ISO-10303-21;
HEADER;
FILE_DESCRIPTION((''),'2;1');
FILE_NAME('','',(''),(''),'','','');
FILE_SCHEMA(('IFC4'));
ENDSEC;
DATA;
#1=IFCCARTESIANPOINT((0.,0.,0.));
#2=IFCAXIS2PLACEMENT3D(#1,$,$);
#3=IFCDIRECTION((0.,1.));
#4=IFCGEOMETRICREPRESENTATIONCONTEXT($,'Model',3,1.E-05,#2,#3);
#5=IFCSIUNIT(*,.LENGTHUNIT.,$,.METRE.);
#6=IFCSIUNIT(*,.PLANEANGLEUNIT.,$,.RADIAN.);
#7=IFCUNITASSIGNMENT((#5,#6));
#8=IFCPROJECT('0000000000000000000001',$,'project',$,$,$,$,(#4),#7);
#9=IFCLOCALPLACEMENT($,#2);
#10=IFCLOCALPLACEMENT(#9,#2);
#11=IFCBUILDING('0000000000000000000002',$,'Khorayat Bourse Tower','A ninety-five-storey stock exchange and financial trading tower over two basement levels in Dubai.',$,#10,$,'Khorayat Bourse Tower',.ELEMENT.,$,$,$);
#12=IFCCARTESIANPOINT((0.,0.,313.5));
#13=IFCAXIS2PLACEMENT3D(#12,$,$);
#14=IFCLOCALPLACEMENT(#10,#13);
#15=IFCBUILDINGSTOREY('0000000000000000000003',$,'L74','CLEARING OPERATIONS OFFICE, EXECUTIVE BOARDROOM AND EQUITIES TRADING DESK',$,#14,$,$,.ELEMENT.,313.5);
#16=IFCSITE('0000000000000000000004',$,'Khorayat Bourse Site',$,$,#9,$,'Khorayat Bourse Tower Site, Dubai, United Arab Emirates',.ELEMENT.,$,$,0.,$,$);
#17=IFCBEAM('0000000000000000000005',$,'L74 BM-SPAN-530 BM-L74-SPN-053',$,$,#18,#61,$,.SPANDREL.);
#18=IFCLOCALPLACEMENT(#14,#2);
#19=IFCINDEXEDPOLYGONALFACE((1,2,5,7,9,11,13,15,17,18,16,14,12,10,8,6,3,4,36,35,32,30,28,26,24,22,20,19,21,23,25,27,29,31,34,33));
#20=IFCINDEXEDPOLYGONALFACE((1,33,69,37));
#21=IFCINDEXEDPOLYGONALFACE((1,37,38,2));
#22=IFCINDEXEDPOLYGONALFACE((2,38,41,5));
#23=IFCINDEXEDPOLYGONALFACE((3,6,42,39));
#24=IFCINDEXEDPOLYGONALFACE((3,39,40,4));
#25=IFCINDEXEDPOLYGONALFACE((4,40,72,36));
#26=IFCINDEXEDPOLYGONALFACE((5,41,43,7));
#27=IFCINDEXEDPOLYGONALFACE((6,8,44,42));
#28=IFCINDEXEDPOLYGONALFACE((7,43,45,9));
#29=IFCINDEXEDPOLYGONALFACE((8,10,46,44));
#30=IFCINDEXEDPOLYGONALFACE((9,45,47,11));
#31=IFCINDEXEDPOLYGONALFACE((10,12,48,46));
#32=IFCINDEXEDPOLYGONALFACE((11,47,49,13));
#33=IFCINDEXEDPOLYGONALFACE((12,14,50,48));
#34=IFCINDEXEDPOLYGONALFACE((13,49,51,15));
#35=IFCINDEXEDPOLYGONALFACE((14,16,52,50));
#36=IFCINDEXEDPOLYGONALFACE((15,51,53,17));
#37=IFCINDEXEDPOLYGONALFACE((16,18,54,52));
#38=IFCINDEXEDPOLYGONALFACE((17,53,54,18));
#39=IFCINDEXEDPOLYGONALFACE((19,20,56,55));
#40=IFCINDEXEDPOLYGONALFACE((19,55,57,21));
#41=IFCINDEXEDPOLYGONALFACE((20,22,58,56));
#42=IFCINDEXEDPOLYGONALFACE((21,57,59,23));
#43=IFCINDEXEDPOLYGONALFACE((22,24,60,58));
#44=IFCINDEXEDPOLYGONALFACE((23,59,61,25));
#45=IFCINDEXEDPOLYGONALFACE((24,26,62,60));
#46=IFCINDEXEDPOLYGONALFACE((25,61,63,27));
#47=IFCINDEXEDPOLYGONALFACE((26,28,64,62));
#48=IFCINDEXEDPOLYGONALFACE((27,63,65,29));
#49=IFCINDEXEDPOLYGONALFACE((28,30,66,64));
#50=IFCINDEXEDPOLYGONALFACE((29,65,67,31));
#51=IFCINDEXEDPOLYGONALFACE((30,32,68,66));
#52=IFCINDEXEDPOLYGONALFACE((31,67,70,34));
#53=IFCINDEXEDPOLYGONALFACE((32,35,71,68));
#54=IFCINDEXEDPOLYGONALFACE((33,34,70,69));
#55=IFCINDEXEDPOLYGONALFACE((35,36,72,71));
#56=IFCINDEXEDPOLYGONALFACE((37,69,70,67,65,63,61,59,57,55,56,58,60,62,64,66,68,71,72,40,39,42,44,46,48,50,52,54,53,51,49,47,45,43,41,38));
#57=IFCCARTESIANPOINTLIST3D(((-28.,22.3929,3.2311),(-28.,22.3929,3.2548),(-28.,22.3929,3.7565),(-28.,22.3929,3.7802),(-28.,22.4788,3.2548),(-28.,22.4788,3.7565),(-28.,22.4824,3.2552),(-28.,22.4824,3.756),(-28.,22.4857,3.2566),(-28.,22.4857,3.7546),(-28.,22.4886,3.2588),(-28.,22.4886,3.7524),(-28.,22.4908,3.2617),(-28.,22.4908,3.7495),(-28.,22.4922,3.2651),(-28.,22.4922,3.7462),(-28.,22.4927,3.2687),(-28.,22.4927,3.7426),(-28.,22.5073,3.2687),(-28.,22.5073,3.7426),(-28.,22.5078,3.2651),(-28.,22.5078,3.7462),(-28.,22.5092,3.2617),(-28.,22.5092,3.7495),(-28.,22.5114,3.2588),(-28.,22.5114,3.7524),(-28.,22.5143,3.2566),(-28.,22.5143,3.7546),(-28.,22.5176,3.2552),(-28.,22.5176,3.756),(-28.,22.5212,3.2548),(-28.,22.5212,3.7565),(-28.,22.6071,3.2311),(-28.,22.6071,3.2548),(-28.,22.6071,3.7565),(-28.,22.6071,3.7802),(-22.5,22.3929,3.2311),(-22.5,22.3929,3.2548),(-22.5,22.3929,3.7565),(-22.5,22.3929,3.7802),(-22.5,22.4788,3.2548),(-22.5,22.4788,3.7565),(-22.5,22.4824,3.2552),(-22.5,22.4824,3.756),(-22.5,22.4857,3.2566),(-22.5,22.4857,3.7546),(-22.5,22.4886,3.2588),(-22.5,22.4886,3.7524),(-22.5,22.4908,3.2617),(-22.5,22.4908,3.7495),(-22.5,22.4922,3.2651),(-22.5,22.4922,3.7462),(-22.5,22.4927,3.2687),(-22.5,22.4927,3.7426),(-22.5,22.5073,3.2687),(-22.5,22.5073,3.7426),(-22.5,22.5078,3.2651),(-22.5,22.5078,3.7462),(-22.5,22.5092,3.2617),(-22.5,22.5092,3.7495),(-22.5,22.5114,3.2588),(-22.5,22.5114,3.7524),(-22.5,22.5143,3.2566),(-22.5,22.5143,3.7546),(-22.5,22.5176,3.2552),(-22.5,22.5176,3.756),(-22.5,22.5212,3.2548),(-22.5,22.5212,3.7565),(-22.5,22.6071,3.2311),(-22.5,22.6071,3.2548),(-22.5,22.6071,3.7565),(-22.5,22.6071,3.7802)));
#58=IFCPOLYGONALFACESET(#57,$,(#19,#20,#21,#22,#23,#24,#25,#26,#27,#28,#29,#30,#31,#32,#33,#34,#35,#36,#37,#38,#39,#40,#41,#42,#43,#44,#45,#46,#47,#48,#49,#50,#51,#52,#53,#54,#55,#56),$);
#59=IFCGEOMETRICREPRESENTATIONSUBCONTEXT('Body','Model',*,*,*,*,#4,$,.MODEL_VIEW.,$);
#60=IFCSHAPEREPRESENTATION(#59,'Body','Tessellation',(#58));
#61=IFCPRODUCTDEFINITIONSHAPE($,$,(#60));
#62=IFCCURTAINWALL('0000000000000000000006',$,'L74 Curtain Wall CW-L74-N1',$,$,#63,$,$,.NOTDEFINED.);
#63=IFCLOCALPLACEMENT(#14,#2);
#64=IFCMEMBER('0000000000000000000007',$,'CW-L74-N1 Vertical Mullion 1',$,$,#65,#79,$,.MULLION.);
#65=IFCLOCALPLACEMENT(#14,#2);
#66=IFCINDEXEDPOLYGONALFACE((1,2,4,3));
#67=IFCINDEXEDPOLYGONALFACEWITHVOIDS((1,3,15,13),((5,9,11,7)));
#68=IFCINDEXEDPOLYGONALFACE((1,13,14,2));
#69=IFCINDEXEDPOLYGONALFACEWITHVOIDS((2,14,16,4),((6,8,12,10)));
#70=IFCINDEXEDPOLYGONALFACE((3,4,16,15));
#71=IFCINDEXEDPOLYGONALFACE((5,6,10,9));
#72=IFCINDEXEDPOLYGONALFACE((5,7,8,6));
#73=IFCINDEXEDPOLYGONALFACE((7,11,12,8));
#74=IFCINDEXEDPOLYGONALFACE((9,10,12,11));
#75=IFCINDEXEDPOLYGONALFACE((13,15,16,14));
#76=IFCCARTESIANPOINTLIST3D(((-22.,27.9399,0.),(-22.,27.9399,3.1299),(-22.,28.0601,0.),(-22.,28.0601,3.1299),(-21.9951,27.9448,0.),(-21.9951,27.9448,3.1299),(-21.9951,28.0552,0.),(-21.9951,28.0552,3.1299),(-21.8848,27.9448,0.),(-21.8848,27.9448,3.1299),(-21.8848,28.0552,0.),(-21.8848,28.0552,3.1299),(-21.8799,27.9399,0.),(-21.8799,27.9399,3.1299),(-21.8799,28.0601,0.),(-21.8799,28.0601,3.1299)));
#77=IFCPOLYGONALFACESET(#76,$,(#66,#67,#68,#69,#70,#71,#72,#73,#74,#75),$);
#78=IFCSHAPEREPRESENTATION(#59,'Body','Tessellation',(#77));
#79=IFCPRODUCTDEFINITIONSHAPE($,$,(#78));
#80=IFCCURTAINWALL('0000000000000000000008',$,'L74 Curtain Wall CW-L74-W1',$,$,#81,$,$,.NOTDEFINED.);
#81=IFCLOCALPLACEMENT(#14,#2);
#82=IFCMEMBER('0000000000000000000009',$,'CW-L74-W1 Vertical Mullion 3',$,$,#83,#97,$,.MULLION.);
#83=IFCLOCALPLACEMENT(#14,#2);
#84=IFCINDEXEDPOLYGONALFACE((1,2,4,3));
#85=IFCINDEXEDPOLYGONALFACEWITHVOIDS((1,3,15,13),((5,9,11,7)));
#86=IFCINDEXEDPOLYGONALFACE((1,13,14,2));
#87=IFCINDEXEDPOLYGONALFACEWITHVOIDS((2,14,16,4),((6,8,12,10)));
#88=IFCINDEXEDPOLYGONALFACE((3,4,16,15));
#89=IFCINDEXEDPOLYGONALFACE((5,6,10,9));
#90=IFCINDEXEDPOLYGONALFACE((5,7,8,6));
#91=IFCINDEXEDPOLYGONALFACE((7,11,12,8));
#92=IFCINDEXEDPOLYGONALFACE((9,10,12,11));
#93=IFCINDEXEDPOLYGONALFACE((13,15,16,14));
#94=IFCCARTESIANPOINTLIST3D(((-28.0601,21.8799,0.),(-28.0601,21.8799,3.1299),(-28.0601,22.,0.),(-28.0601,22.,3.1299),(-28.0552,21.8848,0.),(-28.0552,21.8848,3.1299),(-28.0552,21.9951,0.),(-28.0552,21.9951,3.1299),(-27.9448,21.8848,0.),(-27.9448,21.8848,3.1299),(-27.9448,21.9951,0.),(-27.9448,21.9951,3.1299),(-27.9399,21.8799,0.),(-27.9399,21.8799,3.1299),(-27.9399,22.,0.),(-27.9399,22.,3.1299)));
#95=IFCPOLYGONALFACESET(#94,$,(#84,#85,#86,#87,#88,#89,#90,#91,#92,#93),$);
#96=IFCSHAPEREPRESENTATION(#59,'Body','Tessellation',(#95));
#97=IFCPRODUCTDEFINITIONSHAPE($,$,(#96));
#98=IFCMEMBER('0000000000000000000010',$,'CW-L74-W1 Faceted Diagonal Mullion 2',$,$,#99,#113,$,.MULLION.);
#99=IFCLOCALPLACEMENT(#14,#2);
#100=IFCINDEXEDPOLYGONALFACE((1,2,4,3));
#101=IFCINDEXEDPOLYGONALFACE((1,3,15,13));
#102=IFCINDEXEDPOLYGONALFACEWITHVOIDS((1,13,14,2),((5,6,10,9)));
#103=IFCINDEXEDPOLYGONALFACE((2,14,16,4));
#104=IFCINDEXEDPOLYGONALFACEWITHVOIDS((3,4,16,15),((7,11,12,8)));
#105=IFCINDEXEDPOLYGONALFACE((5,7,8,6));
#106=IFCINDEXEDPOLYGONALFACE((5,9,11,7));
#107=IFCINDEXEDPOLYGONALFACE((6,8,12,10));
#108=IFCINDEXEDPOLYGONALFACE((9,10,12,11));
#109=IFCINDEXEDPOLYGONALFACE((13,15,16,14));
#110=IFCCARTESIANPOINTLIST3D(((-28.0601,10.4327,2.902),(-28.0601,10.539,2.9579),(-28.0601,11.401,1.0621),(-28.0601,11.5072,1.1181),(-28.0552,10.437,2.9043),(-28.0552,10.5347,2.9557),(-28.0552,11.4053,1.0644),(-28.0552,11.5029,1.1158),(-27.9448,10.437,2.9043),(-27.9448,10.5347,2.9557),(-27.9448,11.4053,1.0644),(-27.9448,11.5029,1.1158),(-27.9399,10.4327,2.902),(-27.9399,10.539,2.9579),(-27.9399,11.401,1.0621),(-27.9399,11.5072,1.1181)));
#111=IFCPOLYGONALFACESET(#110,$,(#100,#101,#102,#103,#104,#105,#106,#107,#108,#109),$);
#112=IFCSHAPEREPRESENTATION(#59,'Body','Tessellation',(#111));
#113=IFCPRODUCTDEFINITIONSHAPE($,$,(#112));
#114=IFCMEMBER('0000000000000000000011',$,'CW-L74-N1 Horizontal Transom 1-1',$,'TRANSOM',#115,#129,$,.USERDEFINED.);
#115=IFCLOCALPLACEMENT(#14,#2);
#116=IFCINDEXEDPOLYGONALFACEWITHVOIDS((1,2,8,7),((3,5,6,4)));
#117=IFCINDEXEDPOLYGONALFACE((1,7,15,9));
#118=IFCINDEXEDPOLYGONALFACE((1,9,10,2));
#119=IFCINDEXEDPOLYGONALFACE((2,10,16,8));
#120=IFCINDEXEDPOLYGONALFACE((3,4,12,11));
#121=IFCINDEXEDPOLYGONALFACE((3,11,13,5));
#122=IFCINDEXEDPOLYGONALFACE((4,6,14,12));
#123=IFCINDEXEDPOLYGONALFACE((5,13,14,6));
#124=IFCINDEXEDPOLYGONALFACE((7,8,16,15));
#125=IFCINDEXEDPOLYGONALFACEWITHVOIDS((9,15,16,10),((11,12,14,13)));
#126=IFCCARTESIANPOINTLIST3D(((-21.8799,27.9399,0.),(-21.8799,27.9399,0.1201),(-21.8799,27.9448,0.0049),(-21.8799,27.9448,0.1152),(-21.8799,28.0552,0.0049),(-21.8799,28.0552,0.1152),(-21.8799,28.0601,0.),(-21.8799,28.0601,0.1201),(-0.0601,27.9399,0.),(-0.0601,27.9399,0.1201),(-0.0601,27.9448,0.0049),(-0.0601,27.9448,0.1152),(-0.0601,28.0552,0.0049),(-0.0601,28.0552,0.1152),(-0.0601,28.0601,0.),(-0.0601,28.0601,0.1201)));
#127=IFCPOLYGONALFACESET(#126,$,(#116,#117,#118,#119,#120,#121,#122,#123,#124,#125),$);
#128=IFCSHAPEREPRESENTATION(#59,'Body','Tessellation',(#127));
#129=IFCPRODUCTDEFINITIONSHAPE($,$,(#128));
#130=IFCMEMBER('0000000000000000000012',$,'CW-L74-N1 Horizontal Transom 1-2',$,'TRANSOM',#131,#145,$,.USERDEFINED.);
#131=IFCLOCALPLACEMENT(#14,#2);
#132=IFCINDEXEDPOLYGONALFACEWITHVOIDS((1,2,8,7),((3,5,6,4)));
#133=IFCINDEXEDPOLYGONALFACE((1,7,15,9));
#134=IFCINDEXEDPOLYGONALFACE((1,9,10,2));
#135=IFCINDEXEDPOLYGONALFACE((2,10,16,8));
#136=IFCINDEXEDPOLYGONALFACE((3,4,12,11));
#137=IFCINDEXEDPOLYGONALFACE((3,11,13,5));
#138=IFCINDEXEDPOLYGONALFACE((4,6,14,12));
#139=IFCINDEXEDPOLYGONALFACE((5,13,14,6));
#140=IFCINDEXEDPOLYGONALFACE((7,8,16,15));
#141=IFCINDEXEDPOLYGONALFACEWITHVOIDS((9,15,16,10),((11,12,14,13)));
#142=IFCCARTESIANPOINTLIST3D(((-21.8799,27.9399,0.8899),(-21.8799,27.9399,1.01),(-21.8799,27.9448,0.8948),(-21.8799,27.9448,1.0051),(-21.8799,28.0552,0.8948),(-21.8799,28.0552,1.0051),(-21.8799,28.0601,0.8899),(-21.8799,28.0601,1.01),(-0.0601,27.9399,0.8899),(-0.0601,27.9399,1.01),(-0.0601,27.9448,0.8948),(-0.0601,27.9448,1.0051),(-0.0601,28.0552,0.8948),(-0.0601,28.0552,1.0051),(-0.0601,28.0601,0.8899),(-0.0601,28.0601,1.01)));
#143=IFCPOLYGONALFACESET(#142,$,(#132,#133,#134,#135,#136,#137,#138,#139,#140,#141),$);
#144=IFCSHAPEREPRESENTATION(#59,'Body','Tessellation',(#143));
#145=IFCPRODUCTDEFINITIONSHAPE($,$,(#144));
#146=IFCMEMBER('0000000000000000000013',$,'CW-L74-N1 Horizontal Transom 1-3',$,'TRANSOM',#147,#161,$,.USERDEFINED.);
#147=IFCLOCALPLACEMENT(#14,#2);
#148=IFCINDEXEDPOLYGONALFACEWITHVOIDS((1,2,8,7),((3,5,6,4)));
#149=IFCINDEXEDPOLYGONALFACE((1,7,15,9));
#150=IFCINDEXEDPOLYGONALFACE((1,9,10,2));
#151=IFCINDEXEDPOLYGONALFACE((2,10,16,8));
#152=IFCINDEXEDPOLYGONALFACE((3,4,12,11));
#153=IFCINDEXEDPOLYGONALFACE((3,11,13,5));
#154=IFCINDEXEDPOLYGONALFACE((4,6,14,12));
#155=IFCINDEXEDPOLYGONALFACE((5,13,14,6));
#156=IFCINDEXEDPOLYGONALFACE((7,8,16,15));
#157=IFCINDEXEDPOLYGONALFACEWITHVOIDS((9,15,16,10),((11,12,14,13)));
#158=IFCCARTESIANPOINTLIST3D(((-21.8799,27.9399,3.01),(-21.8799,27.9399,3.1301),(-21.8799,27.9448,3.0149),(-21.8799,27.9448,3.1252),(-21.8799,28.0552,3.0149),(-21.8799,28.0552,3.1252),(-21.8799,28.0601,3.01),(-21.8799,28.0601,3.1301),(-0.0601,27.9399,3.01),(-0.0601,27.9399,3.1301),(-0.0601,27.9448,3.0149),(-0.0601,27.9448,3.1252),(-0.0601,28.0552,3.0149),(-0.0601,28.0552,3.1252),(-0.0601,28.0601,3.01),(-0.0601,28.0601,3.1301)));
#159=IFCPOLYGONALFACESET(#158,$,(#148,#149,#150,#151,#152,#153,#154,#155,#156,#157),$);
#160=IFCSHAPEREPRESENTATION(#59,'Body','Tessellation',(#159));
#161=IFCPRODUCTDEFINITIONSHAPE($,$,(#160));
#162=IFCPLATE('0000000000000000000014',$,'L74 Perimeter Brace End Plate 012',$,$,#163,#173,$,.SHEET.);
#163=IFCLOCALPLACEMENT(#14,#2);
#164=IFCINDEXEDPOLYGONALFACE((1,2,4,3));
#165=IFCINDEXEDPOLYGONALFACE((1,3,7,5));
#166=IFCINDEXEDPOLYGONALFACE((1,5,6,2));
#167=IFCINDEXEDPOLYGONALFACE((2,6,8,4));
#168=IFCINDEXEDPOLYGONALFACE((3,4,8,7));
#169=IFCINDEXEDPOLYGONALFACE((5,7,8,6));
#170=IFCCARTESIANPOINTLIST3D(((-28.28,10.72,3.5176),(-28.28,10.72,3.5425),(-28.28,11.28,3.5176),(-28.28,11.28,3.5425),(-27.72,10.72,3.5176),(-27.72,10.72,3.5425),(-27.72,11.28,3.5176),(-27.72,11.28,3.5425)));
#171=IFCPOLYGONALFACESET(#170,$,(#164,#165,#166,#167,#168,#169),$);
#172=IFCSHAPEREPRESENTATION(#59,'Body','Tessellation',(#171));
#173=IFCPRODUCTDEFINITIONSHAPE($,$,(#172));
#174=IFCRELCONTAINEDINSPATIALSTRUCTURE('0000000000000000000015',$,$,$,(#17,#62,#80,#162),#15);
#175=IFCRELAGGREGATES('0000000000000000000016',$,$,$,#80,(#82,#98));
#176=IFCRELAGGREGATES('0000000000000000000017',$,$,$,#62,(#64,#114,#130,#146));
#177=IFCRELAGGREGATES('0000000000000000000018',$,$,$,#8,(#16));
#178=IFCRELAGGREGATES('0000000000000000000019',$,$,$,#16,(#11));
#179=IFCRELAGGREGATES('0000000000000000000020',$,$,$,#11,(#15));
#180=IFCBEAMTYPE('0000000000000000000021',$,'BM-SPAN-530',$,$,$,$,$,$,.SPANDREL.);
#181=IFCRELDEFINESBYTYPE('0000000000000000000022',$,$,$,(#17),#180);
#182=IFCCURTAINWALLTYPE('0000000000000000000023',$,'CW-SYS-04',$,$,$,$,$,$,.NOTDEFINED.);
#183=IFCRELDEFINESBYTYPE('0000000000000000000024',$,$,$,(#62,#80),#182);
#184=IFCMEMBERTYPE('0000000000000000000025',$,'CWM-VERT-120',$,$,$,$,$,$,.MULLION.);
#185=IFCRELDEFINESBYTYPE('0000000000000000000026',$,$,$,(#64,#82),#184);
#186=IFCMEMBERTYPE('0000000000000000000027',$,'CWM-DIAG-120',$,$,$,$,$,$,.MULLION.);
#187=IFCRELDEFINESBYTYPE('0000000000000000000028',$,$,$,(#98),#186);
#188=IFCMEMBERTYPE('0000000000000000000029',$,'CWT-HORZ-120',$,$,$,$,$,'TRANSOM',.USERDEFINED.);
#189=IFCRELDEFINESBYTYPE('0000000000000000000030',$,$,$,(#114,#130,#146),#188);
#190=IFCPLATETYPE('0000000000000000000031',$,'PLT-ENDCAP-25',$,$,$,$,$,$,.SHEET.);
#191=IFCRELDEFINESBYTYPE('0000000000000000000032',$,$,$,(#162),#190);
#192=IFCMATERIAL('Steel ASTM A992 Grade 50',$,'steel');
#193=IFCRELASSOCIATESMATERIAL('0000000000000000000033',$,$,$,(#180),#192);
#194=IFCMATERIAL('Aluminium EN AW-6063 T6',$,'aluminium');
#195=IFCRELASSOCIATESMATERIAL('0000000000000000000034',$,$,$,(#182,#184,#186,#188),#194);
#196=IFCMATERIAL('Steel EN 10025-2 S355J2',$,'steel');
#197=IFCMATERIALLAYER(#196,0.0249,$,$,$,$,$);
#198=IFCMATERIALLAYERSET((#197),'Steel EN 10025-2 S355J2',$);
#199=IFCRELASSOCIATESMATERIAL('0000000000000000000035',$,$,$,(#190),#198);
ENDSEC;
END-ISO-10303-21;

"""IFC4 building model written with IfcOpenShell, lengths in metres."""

from ifc_helpers import new_model, si_unit, direction, frame, origin, origin_2d, place, context, subcontext, project, spatial, rectangle, hollow_rectangle, i_section, extrude, source, transform, mapped, material, layer, layer_set, material_profile, profile_set, type_object, element, aggregate, save


model = new_model("IFC4")

# Units and contexts
model_context = context("Model", 3, precision=1e-05, world=origin(), true_north=direction((0.0, 1.0)))
body_context = subcontext(model_context, "Body", "Model", "MODEL_VIEW")
ifc_project = project(units=[si_unit("LENGTHUNIT", "METRE"), si_unit("PLANEANGLEUNIT", "RADIAN")], contexts=[model_context])

# Site, building, storey
site_placement = place(None, origin())
site = spatial("IfcSite", under=ifc_project, at=site_placement, Name="Khorayat Bourse Site", LongName="Khorayat Bourse Tower Site, Dubai, United Arab Emirates", CompositionType="ELEMENT", RefElevation=0.0)
building_placement = place(site_placement, origin())
building = spatial("IfcBuilding", under=site, at=building_placement, Name="Khorayat Bourse Tower", Description="A ninety-five-storey stock exchange and financial trading tower over two basement levels in Dubai.", LongName="Khorayat Bourse Tower", CompositionType="ELEMENT")
storey_placement = place(building_placement, frame((0.0, 0.0, 313.5)))
storey = spatial("IfcBuildingStorey", under=building, at=storey_placement, Name="L74", Description="CLEARING OPERATIONS OFFICE, EXECUTIVE BOARDROOM AND EQUITIES TRADING DESK", CompositionType="ELEMENT", Elevation=313.5)

# Beam
ifc_material_1 = material(Name="Steel ASTM A992 Grade 50", Category="steel")
ifc_material_profile_1 = material_profile(ifc_material_1, i_section(OverallWidth=0.2141, OverallDepth=0.5491, WebThickness=0.0146, FlangeThickness=0.0237, FilletRadius=0.0139, at=origin_2d()), Name="W530X138")
ifc_profile_set_1 = profile_set([ifc_material_profile_1], Name="Steel ASTM A992 Grade 50")
beam_type_1 = type_object("IfcBeamType", Name="BM-SPAN-530", PredefinedType="SPANDREL", material=ifc_profile_set_1)
shared_shape_1 = source(origin(), body_context, "Body", "SweptSolid", [
    extrude(i_section(OverallWidth=0.2141, OverallDepth=0.5491, WebThickness=0.0146, FlangeThickness=0.0237, FilletRadius=0.0139, at=origin_2d()), origin(), (0.0, 0.0, 1.0), 5.5),
])
for number, where, z_axis, x_axis, name in (
    (1, (-28.0, 22.5, 3.5056), (1.0, 0.0, 0.0), (0.0, 1.0, 0.0), "L74 BM-SPAN-530 BM-L74-SPN-053"),
):
    element("IfcBeam", number, at=place(storey_placement, frame(where, z_axis=z_axis, x_axis=x_axis)), inside=storey, type_object=beam_type_1, Name=name, PredefinedType="SPANDREL", context=body_context, shape_type="MappedRepresentation", body=[
        mapped(shared_shape_1, transform((0.0, 0.0, 0.0), scale=1.0)),
    ])

# Curtain wall, member
ifc_material_2 = material(Name="Aluminium EN AW-6063 T6", Category="aluminium")
curtain_wall_type = type_object("IfcCurtainWallType", Name="CW-SYS-04", PredefinedType="NOTDEFINED", material=ifc_material_2)
curtain_wall_1_placement = place(storey_placement, origin())
curtain_wall_1 = element("IfcCurtainWall", 2, at=curtain_wall_1_placement, inside=storey, type_object=curtain_wall_type, Name="L74 Curtain Wall CW-L74-N1", PredefinedType="NOTDEFINED")
ifc_material_profile_2 = material_profile(ifc_material_2, hollow_rectangle(XDim=0.1201, YDim=0.1201, WallThickness=0.0049, at=origin_2d()), Name="ALU 120x120x5")
ifc_profile_set_2 = profile_set([ifc_material_profile_2], Name="Aluminium EN AW-6063 T6")
member_type_1 = type_object("IfcMemberType", Name="CWM-VERT-120", PredefinedType="MULLION", material=ifc_profile_set_2)
shared_shape_2 = source(origin(), body_context, "Body", "SweptSolid", [
    extrude(hollow_rectangle(XDim=0.1201, YDim=0.1201, WallThickness=0.0049, at=origin_2d()), origin(), (0.0, 0.0, 1.0), 3.1299),
])
member_1_placement = place(storey_placement, frame((-21.9399, 28.0, 0.0), z_axis=(0.0, 0.0, 1.0), x_axis=(0.0, 1.0, 0.0)))
member_1 = element("IfcMember", 3, at=member_1_placement, type_object=member_type_1, Name="CW-L74-N1 Vertical Mullion 1", PredefinedType="MULLION", context=body_context, shape_type="MappedRepresentation", body=[
    mapped(shared_shape_2, transform((0.0, 0.0, 0.0), scale=1.0)),
])

# Curtain wall, members
curtain_wall_2_placement = place(storey_placement, origin())
curtain_wall_2 = element("IfcCurtainWall", 4, at=curtain_wall_2_placement, inside=storey, type_object=curtain_wall_type, Name="L74 Curtain Wall CW-L74-W1", PredefinedType="NOTDEFINED")
member_2_placement = place(storey_placement, frame((-28.0, 21.9399, 0.0), z_axis=(0.0, 0.0, 1.0), x_axis=(-1.0, 0.0, 0.0)))
member_2 = element("IfcMember", 5, at=member_2_placement, type_object=member_type_1, Name="CW-L74-W1 Vertical Mullion 3", PredefinedType="MULLION", context=body_context, shape_type="MappedRepresentation", body=[
    mapped(shared_shape_2, transform((0.0, 0.0, 0.0), scale=1.0)),
])
ifc_material_profile_3 = material_profile(ifc_material_2, hollow_rectangle(XDim=0.1201, YDim=0.1201, WallThickness=0.0049, at=origin_2d()), Name="ALU 120x120x5")
ifc_profile_set_3 = profile_set([ifc_material_profile_3], Name="Aluminium EN AW-6063 T6")
member_type_2 = type_object("IfcMemberType", Name="CWM-DIAG-120", PredefinedType="MULLION", material=ifc_profile_set_3)
shared_shape_3 = source(origin(), body_context, "Body", "SweptSolid", [
    extrude(hollow_rectangle(XDim=0.1201, YDim=0.1201, WallThickness=0.0049, at=origin_2d()), origin(), (0.0, 0.0, 1.0), 2.0791),
])
member_3_placement = place(storey_placement, frame((-28.0, 11.4541, 1.0901), z_axis=(0.0, -0.465717, 0.884934), x_axis=(1.0, 0.0, 0.0)))
member_3 = element("IfcMember", 6, at=member_3_placement, type_object=member_type_2, Name="CW-L74-W1 Faceted Diagonal Mullion 2", PredefinedType="MULLION", context=body_context, shape_type="MappedRepresentation", body=[
    mapped(shared_shape_3, transform((0.0, 0.0, 0.0), scale=1.0)),
])
aggregate(curtain_wall_2, [member_2, member_3])

# Members
ifc_material_profile_4 = material_profile(ifc_material_2, hollow_rectangle(XDim=0.1201, YDim=0.1201, WallThickness=0.0049, at=origin_2d()), Name="ALU 120x120x5")
ifc_profile_set_4 = profile_set([ifc_material_profile_4], Name="Aluminium EN AW-6063 T6")
member_type_3 = type_object("IfcMemberType", Name="CWT-HORZ-120", ElementType="TRANSOM", PredefinedType="USERDEFINED", material=ifc_profile_set_4)
shared_shape_4 = source(origin(), body_context, "Body", "SweptSolid", [
    extrude(hollow_rectangle(XDim=0.1201, YDim=0.1201, WallThickness=0.0049, at=origin_2d()), origin(), (0.0, 0.0, 1.0), 21.8198),
])
member_4_placement = place(storey_placement, frame((-21.8799, 28.0, 0.0601), z_axis=(1.0, 0.0, 0.0), x_axis=(0.0, 1.0, 0.0)))
member_4 = element("IfcMember", 7, at=member_4_placement, type_object=member_type_3, Name="CW-L74-N1 Horizontal Transom 1-1", ObjectType="TRANSOM", PredefinedType="USERDEFINED", context=body_context, shape_type="MappedRepresentation", body=[
    mapped(shared_shape_4, transform((0.0, 0.0, 0.0), scale=1.0)),
])
member_5_placement = place(storey_placement, frame((-21.8799, 28.0, 0.95), z_axis=(1.0, 0.0, 0.0), x_axis=(0.0, 1.0, 0.0)))
member_5 = element("IfcMember", 8, at=member_5_placement, type_object=member_type_3, Name="CW-L74-N1 Horizontal Transom 1-2", ObjectType="TRANSOM", PredefinedType="USERDEFINED", context=body_context, shape_type="MappedRepresentation", body=[
    mapped(shared_shape_4, transform((0.0, 0.0, 0.0), scale=1.0)),
])
member_6_placement = place(storey_placement, frame((-21.8799, 28.0, 3.0701), z_axis=(1.0, 0.0, 0.0), x_axis=(0.0, 1.0, 0.0)))
member_6 = element("IfcMember", 9, at=member_6_placement, type_object=member_type_3, Name="CW-L74-N1 Horizontal Transom 1-3", ObjectType="TRANSOM", PredefinedType="USERDEFINED", context=body_context, shape_type="MappedRepresentation", body=[
    mapped(shared_shape_4, transform((0.0, 0.0, 0.0), scale=1.0)),
])
aggregate(curtain_wall_1, [member_1, member_4, member_5, member_6])

# Plate
ifc_material_3 = material(Name="Steel EN 10025-2 S355J2", Category="steel")
ifc_layer_1 = layer(ifc_material_3, 0.0249)
ifc_layer_set_1 = layer_set([ifc_layer_1], Name="Steel EN 10025-2 S355J2")
plate_type = type_object("IfcPlateType", Name="PLT-ENDCAP-25", PredefinedType="SHEET", material=ifc_layer_set_1)
shared_shape_5 = source(origin(), body_context, "Body", "SweptSolid", [
    extrude(rectangle(XDim=0.5601, YDim=0.5601, at=origin_2d()), origin(), (0.0, 0.0, 1.0), 0.0249),
])
plate_placement = place(storey_placement, frame((-28.0, 11.0, 3.5176), z_axis=(0.0, 0.0, 1.0), x_axis=(1.0, 0.0, 0.0)))
element("IfcPlate", 10, at=plate_placement, inside=storey, type_object=plate_type, Name="L74 Perimeter Brace End Plate 012", PredefinedType="SHEET", context=body_context, shape_type="MappedRepresentation", body=[
    mapped(shared_shape_5, transform((0.0, 0.0, 0.0), scale=1.0)),
])

save(model, "model.ifc")
